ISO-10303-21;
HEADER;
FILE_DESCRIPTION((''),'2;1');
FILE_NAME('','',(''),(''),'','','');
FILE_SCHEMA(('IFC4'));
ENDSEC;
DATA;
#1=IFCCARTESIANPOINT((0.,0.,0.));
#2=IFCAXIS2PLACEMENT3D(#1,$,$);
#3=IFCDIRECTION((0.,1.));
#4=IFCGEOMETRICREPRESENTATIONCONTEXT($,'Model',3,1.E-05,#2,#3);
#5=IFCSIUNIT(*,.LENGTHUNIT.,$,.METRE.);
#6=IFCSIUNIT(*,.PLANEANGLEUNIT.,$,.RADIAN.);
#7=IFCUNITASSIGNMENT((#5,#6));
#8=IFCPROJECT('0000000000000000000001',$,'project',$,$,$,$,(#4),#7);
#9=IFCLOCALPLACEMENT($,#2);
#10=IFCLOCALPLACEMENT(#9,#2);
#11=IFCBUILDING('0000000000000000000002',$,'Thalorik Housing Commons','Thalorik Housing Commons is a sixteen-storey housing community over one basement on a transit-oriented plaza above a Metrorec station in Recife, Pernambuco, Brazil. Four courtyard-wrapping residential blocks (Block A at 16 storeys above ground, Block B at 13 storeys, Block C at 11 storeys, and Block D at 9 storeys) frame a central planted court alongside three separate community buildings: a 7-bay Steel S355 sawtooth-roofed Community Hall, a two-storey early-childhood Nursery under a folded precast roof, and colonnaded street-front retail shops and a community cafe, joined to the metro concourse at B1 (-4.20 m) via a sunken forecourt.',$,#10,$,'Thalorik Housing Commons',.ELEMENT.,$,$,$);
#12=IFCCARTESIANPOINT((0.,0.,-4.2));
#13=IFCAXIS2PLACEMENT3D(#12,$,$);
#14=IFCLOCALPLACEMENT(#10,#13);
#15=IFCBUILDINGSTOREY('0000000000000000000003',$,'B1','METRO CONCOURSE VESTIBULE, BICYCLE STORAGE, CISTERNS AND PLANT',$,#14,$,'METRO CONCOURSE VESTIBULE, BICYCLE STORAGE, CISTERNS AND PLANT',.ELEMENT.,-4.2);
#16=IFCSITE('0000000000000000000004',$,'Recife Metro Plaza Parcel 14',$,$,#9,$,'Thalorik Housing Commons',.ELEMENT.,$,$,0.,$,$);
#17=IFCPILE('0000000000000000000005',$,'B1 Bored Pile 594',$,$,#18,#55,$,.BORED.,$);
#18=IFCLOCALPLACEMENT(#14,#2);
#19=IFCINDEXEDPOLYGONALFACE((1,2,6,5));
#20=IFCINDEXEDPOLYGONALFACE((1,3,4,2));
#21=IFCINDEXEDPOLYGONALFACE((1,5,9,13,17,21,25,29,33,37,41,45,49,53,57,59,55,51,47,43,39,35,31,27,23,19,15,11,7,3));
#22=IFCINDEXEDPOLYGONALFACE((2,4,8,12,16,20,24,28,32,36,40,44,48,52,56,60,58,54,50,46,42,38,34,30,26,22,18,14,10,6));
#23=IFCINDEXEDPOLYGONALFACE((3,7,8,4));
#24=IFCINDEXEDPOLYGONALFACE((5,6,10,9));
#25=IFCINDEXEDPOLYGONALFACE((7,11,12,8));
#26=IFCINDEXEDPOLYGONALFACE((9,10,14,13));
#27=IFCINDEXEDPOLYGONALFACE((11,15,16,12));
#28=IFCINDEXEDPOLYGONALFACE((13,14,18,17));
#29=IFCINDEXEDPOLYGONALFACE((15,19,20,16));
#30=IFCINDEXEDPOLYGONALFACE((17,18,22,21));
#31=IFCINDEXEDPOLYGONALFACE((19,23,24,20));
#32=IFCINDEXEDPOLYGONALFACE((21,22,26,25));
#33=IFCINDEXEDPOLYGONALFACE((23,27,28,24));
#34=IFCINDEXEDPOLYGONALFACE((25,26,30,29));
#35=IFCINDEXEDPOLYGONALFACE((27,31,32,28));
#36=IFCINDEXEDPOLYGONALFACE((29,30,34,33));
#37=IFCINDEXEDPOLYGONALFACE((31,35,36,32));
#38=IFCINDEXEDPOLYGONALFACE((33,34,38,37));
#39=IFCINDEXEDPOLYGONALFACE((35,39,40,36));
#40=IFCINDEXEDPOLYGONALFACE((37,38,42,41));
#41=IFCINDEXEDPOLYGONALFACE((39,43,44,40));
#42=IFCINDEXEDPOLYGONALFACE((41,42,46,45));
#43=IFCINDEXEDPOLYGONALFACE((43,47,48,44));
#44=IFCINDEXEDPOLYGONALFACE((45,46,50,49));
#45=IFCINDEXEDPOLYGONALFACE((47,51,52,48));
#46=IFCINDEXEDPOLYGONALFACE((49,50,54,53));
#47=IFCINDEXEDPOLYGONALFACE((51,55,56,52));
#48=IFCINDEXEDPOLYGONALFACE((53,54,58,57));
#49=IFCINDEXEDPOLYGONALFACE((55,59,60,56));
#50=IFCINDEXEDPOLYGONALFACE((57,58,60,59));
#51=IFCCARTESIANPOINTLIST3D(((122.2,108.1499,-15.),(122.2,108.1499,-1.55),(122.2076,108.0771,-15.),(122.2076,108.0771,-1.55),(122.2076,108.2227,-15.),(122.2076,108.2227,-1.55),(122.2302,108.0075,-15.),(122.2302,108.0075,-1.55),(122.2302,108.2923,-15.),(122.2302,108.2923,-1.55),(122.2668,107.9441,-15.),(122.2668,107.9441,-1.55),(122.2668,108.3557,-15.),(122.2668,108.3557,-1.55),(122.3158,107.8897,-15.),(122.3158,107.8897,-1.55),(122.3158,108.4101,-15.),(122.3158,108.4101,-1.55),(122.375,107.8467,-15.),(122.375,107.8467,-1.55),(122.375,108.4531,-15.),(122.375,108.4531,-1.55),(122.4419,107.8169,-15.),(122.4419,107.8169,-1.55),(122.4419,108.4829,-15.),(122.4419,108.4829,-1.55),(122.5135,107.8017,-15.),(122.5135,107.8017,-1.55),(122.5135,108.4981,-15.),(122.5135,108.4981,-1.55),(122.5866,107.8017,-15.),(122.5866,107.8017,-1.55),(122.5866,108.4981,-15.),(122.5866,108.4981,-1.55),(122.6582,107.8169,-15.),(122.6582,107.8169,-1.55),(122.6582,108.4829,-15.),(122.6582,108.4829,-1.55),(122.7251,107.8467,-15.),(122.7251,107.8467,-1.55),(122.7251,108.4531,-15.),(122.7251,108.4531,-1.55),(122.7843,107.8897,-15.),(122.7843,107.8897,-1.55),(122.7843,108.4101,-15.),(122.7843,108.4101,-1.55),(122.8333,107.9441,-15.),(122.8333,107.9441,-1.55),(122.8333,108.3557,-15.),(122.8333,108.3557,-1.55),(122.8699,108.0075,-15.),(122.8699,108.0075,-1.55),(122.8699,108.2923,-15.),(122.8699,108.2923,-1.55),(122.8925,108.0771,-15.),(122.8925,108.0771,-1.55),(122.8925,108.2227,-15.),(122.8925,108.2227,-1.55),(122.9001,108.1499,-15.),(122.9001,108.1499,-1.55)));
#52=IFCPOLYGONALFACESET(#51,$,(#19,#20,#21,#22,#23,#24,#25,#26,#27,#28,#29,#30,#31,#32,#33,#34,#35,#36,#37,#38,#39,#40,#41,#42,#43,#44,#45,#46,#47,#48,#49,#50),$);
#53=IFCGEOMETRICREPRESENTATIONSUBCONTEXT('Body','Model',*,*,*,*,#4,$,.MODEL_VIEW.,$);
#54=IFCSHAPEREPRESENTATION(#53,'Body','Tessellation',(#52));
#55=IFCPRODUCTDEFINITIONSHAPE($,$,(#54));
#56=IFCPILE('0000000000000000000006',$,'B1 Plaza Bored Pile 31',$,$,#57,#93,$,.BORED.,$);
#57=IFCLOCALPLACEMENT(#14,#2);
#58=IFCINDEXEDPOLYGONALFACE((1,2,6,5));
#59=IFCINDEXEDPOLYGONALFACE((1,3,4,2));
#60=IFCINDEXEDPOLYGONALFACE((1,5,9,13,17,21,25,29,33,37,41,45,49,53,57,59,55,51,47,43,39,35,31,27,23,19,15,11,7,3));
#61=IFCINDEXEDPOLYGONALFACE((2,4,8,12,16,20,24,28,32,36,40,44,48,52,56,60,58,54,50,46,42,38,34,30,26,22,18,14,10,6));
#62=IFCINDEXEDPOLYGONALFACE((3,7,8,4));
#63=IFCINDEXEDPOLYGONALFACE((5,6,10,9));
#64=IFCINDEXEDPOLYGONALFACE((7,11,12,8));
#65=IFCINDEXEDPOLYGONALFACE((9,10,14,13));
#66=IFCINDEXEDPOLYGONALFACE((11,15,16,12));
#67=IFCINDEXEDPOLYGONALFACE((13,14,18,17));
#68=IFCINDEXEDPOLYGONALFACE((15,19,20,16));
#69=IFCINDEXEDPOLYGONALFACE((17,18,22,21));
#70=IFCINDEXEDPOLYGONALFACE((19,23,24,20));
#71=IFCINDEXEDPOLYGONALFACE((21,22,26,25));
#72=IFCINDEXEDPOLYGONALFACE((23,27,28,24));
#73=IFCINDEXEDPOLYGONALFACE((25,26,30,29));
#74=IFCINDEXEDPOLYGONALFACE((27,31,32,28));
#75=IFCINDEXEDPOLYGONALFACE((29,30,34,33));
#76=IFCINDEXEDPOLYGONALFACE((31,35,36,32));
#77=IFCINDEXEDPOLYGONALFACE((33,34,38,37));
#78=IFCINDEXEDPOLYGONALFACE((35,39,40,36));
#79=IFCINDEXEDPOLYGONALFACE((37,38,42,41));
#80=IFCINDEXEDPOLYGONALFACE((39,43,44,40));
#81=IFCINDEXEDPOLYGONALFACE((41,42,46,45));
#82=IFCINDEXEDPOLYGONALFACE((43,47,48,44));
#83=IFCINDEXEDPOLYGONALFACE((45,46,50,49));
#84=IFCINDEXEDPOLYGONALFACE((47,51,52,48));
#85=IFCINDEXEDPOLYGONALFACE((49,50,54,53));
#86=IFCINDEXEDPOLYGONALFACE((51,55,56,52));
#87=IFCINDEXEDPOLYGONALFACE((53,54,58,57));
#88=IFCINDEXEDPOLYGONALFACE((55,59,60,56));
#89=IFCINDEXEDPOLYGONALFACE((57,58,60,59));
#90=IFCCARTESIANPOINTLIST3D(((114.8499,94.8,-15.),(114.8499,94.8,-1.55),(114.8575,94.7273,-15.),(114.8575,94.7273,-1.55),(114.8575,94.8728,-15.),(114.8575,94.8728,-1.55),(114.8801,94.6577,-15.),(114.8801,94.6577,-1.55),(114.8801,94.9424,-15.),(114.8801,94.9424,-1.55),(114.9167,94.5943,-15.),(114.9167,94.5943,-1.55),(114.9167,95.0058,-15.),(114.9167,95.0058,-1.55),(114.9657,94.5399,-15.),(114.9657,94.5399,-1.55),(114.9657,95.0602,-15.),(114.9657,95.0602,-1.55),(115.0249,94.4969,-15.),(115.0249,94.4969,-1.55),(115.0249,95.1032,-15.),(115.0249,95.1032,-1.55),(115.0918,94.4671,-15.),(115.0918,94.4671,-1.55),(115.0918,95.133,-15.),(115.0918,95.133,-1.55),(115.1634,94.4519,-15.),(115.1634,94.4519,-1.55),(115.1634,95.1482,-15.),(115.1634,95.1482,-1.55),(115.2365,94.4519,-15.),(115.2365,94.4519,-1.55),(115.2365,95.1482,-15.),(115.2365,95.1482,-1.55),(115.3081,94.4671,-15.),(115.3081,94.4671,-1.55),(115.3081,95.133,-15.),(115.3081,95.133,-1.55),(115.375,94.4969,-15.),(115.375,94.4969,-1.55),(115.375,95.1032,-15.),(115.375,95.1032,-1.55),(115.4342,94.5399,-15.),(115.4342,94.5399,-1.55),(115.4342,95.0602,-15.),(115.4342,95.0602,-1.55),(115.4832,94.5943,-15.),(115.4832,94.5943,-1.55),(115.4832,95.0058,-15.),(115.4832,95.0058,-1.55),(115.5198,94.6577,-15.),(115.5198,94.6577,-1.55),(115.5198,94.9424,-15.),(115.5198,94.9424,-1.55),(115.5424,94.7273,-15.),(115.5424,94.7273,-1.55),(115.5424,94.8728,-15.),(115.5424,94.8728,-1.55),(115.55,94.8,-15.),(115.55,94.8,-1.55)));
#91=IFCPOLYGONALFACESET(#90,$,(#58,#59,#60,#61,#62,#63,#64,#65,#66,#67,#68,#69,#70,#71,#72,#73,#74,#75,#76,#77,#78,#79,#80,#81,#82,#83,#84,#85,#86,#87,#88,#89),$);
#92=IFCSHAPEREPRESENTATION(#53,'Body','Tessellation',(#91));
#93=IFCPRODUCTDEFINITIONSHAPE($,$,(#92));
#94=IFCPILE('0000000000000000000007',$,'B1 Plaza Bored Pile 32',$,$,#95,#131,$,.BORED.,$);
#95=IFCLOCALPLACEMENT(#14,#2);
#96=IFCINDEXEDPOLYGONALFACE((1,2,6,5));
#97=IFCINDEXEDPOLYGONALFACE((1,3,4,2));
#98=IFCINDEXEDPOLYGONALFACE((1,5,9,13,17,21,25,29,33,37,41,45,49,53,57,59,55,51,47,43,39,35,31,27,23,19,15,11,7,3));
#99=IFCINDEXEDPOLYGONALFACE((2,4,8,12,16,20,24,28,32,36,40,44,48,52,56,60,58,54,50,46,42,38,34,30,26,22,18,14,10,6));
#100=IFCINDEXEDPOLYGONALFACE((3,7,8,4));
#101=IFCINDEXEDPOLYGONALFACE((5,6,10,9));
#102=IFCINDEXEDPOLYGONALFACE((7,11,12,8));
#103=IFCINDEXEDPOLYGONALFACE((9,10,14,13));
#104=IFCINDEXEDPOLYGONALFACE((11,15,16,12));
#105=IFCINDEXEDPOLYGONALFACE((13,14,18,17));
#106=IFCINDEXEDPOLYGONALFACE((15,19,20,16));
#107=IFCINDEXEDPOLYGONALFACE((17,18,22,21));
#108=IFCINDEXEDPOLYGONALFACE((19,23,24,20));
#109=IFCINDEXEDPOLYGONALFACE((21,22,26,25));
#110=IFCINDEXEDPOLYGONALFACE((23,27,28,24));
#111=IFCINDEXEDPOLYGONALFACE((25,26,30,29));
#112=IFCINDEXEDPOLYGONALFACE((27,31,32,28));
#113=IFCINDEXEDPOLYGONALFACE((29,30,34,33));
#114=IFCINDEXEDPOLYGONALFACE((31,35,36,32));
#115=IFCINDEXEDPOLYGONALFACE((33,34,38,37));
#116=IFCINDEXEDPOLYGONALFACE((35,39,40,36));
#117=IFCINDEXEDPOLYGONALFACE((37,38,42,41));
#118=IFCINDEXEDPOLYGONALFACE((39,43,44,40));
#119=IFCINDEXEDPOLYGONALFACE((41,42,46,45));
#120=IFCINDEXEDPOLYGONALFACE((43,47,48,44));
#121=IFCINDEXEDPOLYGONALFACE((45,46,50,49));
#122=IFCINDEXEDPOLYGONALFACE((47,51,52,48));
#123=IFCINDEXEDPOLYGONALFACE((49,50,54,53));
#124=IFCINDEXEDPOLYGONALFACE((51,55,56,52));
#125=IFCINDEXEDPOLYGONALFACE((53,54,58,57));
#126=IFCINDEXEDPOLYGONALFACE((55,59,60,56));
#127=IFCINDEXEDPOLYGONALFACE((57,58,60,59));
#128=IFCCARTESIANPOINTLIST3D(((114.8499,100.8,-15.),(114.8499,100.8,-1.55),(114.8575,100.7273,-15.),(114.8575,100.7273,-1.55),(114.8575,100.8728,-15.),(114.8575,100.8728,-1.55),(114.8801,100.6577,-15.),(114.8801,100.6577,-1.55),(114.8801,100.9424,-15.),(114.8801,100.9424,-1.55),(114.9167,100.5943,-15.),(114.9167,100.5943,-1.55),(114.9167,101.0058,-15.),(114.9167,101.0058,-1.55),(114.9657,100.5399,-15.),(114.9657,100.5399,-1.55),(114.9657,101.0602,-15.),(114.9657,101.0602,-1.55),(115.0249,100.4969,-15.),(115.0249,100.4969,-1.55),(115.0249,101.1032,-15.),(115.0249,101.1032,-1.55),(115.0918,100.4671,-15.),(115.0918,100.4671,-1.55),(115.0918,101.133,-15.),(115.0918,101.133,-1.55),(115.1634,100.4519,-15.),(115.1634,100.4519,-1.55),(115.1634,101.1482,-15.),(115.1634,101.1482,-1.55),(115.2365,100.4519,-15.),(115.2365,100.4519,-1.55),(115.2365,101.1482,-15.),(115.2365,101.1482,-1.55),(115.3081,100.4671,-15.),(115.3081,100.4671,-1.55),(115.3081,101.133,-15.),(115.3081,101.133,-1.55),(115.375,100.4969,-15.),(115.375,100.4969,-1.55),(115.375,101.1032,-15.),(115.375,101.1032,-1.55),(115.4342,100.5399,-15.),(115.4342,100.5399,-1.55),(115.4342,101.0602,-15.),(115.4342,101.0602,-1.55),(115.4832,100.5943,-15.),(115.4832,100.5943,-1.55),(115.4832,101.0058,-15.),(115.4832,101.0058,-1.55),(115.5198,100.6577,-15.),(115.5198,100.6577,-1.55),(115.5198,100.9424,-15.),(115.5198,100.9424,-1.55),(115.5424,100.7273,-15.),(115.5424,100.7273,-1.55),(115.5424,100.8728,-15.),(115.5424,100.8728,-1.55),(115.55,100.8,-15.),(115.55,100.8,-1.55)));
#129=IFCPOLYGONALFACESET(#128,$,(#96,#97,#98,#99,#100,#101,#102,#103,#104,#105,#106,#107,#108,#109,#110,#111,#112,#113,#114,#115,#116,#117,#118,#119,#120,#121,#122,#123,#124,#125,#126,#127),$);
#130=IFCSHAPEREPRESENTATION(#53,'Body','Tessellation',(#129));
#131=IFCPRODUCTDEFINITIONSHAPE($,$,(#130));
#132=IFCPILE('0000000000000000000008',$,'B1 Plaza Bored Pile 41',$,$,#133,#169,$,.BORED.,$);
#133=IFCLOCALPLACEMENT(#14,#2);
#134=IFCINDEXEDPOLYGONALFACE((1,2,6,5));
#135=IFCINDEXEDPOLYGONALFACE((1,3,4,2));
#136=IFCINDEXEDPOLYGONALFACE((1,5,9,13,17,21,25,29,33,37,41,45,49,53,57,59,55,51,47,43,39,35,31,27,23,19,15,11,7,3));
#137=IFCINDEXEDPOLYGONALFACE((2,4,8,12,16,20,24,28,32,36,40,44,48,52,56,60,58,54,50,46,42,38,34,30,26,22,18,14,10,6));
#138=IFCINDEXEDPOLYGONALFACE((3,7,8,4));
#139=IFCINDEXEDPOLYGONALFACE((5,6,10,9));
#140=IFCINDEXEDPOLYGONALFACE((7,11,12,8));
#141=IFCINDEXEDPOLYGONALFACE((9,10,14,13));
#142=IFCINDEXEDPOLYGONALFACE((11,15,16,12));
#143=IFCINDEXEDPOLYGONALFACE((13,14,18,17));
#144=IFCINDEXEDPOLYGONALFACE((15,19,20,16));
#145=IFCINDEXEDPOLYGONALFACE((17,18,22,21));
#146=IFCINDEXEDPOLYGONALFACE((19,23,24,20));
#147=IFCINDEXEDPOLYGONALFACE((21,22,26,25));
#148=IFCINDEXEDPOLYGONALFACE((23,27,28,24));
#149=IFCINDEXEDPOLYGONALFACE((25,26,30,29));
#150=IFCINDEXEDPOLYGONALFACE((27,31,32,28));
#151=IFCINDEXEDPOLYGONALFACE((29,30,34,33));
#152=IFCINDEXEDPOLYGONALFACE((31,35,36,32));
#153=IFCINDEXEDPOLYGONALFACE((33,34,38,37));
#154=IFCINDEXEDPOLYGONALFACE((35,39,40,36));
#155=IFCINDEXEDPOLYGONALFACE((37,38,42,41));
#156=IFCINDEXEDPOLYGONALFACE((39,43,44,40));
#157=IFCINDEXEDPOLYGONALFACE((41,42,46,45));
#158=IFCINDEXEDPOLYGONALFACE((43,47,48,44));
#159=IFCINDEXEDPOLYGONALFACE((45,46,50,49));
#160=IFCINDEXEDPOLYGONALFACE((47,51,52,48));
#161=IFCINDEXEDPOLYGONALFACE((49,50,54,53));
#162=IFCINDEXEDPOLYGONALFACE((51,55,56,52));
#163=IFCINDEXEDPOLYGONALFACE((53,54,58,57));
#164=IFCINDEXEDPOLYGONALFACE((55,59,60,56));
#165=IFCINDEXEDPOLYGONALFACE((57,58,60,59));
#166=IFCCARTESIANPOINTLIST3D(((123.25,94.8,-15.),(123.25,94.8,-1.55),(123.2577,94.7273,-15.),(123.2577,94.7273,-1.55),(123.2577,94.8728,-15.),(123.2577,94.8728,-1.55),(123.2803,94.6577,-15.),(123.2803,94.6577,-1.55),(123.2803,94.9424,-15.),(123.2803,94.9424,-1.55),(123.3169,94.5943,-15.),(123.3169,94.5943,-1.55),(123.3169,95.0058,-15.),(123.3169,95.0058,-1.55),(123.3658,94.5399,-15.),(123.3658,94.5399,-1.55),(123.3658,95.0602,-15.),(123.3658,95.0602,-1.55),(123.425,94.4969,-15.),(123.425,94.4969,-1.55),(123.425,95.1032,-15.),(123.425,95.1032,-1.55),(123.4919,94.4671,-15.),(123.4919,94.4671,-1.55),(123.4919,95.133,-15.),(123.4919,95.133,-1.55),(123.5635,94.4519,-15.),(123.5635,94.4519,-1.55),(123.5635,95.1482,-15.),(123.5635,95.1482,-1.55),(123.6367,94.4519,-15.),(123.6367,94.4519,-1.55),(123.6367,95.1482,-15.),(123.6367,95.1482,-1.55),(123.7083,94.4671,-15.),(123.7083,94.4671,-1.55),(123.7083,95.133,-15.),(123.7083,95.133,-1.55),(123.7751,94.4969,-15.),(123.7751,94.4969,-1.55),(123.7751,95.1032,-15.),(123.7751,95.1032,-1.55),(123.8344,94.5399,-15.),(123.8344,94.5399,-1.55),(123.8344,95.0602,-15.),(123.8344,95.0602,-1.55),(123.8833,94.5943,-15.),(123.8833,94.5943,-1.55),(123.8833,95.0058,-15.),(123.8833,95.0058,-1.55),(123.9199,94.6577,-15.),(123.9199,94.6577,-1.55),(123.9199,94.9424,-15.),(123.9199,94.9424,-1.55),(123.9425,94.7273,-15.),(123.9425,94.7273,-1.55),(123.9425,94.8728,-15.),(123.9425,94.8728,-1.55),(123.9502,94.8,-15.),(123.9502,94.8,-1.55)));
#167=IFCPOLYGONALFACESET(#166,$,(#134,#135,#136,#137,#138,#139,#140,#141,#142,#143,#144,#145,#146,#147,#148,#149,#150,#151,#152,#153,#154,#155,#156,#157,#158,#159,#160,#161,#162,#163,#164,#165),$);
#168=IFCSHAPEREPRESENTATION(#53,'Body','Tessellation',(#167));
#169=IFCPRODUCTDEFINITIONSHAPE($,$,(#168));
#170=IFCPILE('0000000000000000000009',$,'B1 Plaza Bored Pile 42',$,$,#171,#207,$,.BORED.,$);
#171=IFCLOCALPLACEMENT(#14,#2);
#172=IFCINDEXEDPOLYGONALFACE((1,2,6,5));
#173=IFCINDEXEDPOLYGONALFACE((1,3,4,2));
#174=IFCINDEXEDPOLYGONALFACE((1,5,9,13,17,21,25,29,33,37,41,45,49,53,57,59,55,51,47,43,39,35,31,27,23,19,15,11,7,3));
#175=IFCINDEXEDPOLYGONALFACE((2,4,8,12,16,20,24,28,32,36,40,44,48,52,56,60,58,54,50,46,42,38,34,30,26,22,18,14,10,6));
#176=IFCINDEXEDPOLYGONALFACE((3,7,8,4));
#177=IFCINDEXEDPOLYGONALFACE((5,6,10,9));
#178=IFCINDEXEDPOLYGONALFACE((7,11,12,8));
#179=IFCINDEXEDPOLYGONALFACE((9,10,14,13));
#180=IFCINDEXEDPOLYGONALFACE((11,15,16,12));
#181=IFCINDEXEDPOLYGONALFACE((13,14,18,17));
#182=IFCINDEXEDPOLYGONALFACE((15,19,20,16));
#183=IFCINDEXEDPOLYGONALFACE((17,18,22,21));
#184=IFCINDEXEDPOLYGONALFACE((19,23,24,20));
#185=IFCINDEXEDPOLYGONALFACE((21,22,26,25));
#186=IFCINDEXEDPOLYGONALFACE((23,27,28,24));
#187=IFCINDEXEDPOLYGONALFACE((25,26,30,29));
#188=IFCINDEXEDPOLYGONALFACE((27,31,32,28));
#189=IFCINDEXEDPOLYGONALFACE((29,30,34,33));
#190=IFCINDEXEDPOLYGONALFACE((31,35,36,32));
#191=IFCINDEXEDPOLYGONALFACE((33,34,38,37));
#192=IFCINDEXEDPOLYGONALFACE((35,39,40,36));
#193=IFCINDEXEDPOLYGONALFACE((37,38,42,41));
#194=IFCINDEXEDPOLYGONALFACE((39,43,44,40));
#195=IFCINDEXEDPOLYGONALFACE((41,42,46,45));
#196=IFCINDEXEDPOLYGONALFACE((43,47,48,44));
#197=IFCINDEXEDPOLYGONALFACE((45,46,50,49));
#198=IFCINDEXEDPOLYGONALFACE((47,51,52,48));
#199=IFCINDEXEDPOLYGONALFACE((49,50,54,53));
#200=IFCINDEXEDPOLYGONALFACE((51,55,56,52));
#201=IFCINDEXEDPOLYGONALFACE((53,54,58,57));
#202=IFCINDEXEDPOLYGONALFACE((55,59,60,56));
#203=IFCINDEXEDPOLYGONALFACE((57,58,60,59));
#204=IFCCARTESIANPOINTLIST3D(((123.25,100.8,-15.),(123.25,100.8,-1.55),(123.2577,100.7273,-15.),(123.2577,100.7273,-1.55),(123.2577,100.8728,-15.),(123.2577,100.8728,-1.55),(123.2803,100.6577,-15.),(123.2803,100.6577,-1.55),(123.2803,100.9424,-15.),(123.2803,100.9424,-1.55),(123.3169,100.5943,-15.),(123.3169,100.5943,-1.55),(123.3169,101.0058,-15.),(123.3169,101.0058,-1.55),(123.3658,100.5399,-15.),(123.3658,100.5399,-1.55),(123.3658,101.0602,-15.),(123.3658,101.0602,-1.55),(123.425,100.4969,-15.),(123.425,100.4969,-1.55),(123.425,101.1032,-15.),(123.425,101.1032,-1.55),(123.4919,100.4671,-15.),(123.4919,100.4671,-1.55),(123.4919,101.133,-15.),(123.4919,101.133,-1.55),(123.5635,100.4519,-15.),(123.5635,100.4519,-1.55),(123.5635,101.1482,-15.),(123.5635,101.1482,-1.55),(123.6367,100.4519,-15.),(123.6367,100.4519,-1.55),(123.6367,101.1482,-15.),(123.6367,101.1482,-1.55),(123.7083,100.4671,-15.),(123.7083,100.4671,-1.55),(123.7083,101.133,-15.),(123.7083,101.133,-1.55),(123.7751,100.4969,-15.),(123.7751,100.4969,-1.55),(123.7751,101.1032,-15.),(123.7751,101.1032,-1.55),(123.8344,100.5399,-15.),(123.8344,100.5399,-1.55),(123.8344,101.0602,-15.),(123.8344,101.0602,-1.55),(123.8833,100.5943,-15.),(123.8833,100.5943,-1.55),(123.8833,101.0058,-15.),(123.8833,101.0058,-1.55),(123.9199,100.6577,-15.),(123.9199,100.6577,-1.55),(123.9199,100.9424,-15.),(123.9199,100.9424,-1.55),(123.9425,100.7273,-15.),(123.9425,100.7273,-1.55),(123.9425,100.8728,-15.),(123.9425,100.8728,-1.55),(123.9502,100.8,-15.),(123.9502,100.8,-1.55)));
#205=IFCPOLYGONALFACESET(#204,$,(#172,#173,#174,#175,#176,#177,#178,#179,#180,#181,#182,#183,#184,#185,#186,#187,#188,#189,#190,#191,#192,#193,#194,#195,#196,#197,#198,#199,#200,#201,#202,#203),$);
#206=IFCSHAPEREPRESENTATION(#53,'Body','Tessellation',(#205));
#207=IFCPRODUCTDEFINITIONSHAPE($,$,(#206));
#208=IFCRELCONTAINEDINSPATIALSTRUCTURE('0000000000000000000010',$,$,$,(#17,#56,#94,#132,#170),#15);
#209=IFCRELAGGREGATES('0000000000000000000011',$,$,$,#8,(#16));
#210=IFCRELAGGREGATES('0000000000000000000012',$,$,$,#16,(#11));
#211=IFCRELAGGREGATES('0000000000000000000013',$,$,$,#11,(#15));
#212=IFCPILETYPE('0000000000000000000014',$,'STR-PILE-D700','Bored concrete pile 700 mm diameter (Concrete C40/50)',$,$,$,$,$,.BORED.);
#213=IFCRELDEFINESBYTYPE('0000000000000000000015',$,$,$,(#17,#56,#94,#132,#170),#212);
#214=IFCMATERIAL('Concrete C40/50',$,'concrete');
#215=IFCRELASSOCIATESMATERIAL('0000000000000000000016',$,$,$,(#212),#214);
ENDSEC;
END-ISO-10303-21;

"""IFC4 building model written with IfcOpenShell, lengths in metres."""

from ifc_helpers import new_model, si_unit, direction, frame, origin, origin_2d, place, context, subcontext, project, spatial, circle, extrude, material, material_profile, profile_set, type_object, element, save


model = new_model("IFC4")

# Units and contexts
model_context = context("Model", 3, precision=1e-05, world=origin(), true_north=direction((0.0, 1.0)))
body_context = subcontext(model_context, "Body", "Model", "MODEL_VIEW")
ifc_project = project(units=[si_unit("LENGTHUNIT", "METRE"), si_unit("PLANEANGLEUNIT", "RADIAN")], contexts=[model_context])

# Site, building, storey
site_placement = place(None, origin())
site = spatial("IfcSite", under=ifc_project, at=site_placement, Name="Recife Metro Plaza Parcel 14", LongName="Thalorik Housing Commons", CompositionType="ELEMENT", RefElevation=0.0)
building_placement = place(site_placement, origin())
building = spatial("IfcBuilding", under=site, at=building_placement, Name="Thalorik Housing Commons", Description="Thalorik Housing Commons is a sixteen-storey housing community over one basement on a transit-oriented plaza above a Metrorec station in Recife, Pernambuco, Brazil. Four courtyard-wrapping residential blocks (Block A at 16 storeys above ground, Block B at 13 storeys, Block C at 11 storeys, and Block D at 9 storeys) frame a central planted court alongside three separate community buildings: a 7-bay Steel S355 sawtooth-roofed Community Hall, a two-storey early-childhood Nursery under a folded precast roof, and colonnaded street-front retail shops and a community cafe, joined to the metro concourse at B1 (-4.20 m) via a sunken forecourt.", LongName="Thalorik Housing Commons", CompositionType="ELEMENT")
storey_placement = place(building_placement, frame((0.0, 0.0, -4.2)))
storey = spatial("IfcBuildingStorey", under=building, at=storey_placement, Name="B1", Description="METRO CONCOURSE VESTIBULE, BICYCLE STORAGE, CISTERNS AND PLANT", LongName="METRO CONCOURSE VESTIBULE, BICYCLE STORAGE, CISTERNS AND PLANT", CompositionType="ELEMENT", Elevation=-4.2)

# Shared definitions
ifc_material_1 = material(Name="Concrete C40/50", Category="concrete")

# Piles
ifc_material_profile_1 = material_profile(ifc_material_1, circle(Radius=0.3501, at=origin_2d()), Name="BORED PILE D700", Category="concrete")
ifc_profile_set_1 = profile_set([ifc_material_profile_1], Name="Concrete C40/50")
pile_type = type_object("IfcPileType", Name="STR-PILE-D700", Description="Bored concrete pile 700 mm diameter (Concrete C40/50)", PredefinedType="BORED", material=ifc_profile_set_1)
for number, where, z_axis, x_axis, name in (
    (1, (122.55, 108.1499, -1.55), (0.0, 0.0, -1.0), (1.0, 0.0, 0.0), "B1 Bored Pile 594"),
    (2, (115.2, 94.8, -1.55), (0.0, 0.0, -1.0), (1.0, 0.0, 0.0), "B1 Plaza Bored Pile 31"),
    (3, (115.2, 100.8, -1.55), (0.0, 0.0, -1.0), (1.0, 0.0, 0.0), "B1 Plaza Bored Pile 32"),
    (4, (123.6001, 94.8, -1.55), (0.0, 0.0, -1.0), (1.0, 0.0, 0.0), "B1 Plaza Bored Pile 41"),
    (5, (123.6001, 100.8, -1.55), (0.0, 0.0, -1.0), (1.0, 0.0, 0.0), "B1 Plaza Bored Pile 42"),
):
    element("IfcPile", number, at=place(storey_placement, frame(where, z_axis=z_axis, x_axis=x_axis)), inside=storey, type_object=pile_type, Name=name, PredefinedType="BORED", context=body_context, shape_type="SweptSolid", body=[
        extrude(circle(Radius=0.3501, at=origin_2d()), origin(), (0.0, 0.0, 1.0), 13.45),
    ])

save(model, "model.ifc")
